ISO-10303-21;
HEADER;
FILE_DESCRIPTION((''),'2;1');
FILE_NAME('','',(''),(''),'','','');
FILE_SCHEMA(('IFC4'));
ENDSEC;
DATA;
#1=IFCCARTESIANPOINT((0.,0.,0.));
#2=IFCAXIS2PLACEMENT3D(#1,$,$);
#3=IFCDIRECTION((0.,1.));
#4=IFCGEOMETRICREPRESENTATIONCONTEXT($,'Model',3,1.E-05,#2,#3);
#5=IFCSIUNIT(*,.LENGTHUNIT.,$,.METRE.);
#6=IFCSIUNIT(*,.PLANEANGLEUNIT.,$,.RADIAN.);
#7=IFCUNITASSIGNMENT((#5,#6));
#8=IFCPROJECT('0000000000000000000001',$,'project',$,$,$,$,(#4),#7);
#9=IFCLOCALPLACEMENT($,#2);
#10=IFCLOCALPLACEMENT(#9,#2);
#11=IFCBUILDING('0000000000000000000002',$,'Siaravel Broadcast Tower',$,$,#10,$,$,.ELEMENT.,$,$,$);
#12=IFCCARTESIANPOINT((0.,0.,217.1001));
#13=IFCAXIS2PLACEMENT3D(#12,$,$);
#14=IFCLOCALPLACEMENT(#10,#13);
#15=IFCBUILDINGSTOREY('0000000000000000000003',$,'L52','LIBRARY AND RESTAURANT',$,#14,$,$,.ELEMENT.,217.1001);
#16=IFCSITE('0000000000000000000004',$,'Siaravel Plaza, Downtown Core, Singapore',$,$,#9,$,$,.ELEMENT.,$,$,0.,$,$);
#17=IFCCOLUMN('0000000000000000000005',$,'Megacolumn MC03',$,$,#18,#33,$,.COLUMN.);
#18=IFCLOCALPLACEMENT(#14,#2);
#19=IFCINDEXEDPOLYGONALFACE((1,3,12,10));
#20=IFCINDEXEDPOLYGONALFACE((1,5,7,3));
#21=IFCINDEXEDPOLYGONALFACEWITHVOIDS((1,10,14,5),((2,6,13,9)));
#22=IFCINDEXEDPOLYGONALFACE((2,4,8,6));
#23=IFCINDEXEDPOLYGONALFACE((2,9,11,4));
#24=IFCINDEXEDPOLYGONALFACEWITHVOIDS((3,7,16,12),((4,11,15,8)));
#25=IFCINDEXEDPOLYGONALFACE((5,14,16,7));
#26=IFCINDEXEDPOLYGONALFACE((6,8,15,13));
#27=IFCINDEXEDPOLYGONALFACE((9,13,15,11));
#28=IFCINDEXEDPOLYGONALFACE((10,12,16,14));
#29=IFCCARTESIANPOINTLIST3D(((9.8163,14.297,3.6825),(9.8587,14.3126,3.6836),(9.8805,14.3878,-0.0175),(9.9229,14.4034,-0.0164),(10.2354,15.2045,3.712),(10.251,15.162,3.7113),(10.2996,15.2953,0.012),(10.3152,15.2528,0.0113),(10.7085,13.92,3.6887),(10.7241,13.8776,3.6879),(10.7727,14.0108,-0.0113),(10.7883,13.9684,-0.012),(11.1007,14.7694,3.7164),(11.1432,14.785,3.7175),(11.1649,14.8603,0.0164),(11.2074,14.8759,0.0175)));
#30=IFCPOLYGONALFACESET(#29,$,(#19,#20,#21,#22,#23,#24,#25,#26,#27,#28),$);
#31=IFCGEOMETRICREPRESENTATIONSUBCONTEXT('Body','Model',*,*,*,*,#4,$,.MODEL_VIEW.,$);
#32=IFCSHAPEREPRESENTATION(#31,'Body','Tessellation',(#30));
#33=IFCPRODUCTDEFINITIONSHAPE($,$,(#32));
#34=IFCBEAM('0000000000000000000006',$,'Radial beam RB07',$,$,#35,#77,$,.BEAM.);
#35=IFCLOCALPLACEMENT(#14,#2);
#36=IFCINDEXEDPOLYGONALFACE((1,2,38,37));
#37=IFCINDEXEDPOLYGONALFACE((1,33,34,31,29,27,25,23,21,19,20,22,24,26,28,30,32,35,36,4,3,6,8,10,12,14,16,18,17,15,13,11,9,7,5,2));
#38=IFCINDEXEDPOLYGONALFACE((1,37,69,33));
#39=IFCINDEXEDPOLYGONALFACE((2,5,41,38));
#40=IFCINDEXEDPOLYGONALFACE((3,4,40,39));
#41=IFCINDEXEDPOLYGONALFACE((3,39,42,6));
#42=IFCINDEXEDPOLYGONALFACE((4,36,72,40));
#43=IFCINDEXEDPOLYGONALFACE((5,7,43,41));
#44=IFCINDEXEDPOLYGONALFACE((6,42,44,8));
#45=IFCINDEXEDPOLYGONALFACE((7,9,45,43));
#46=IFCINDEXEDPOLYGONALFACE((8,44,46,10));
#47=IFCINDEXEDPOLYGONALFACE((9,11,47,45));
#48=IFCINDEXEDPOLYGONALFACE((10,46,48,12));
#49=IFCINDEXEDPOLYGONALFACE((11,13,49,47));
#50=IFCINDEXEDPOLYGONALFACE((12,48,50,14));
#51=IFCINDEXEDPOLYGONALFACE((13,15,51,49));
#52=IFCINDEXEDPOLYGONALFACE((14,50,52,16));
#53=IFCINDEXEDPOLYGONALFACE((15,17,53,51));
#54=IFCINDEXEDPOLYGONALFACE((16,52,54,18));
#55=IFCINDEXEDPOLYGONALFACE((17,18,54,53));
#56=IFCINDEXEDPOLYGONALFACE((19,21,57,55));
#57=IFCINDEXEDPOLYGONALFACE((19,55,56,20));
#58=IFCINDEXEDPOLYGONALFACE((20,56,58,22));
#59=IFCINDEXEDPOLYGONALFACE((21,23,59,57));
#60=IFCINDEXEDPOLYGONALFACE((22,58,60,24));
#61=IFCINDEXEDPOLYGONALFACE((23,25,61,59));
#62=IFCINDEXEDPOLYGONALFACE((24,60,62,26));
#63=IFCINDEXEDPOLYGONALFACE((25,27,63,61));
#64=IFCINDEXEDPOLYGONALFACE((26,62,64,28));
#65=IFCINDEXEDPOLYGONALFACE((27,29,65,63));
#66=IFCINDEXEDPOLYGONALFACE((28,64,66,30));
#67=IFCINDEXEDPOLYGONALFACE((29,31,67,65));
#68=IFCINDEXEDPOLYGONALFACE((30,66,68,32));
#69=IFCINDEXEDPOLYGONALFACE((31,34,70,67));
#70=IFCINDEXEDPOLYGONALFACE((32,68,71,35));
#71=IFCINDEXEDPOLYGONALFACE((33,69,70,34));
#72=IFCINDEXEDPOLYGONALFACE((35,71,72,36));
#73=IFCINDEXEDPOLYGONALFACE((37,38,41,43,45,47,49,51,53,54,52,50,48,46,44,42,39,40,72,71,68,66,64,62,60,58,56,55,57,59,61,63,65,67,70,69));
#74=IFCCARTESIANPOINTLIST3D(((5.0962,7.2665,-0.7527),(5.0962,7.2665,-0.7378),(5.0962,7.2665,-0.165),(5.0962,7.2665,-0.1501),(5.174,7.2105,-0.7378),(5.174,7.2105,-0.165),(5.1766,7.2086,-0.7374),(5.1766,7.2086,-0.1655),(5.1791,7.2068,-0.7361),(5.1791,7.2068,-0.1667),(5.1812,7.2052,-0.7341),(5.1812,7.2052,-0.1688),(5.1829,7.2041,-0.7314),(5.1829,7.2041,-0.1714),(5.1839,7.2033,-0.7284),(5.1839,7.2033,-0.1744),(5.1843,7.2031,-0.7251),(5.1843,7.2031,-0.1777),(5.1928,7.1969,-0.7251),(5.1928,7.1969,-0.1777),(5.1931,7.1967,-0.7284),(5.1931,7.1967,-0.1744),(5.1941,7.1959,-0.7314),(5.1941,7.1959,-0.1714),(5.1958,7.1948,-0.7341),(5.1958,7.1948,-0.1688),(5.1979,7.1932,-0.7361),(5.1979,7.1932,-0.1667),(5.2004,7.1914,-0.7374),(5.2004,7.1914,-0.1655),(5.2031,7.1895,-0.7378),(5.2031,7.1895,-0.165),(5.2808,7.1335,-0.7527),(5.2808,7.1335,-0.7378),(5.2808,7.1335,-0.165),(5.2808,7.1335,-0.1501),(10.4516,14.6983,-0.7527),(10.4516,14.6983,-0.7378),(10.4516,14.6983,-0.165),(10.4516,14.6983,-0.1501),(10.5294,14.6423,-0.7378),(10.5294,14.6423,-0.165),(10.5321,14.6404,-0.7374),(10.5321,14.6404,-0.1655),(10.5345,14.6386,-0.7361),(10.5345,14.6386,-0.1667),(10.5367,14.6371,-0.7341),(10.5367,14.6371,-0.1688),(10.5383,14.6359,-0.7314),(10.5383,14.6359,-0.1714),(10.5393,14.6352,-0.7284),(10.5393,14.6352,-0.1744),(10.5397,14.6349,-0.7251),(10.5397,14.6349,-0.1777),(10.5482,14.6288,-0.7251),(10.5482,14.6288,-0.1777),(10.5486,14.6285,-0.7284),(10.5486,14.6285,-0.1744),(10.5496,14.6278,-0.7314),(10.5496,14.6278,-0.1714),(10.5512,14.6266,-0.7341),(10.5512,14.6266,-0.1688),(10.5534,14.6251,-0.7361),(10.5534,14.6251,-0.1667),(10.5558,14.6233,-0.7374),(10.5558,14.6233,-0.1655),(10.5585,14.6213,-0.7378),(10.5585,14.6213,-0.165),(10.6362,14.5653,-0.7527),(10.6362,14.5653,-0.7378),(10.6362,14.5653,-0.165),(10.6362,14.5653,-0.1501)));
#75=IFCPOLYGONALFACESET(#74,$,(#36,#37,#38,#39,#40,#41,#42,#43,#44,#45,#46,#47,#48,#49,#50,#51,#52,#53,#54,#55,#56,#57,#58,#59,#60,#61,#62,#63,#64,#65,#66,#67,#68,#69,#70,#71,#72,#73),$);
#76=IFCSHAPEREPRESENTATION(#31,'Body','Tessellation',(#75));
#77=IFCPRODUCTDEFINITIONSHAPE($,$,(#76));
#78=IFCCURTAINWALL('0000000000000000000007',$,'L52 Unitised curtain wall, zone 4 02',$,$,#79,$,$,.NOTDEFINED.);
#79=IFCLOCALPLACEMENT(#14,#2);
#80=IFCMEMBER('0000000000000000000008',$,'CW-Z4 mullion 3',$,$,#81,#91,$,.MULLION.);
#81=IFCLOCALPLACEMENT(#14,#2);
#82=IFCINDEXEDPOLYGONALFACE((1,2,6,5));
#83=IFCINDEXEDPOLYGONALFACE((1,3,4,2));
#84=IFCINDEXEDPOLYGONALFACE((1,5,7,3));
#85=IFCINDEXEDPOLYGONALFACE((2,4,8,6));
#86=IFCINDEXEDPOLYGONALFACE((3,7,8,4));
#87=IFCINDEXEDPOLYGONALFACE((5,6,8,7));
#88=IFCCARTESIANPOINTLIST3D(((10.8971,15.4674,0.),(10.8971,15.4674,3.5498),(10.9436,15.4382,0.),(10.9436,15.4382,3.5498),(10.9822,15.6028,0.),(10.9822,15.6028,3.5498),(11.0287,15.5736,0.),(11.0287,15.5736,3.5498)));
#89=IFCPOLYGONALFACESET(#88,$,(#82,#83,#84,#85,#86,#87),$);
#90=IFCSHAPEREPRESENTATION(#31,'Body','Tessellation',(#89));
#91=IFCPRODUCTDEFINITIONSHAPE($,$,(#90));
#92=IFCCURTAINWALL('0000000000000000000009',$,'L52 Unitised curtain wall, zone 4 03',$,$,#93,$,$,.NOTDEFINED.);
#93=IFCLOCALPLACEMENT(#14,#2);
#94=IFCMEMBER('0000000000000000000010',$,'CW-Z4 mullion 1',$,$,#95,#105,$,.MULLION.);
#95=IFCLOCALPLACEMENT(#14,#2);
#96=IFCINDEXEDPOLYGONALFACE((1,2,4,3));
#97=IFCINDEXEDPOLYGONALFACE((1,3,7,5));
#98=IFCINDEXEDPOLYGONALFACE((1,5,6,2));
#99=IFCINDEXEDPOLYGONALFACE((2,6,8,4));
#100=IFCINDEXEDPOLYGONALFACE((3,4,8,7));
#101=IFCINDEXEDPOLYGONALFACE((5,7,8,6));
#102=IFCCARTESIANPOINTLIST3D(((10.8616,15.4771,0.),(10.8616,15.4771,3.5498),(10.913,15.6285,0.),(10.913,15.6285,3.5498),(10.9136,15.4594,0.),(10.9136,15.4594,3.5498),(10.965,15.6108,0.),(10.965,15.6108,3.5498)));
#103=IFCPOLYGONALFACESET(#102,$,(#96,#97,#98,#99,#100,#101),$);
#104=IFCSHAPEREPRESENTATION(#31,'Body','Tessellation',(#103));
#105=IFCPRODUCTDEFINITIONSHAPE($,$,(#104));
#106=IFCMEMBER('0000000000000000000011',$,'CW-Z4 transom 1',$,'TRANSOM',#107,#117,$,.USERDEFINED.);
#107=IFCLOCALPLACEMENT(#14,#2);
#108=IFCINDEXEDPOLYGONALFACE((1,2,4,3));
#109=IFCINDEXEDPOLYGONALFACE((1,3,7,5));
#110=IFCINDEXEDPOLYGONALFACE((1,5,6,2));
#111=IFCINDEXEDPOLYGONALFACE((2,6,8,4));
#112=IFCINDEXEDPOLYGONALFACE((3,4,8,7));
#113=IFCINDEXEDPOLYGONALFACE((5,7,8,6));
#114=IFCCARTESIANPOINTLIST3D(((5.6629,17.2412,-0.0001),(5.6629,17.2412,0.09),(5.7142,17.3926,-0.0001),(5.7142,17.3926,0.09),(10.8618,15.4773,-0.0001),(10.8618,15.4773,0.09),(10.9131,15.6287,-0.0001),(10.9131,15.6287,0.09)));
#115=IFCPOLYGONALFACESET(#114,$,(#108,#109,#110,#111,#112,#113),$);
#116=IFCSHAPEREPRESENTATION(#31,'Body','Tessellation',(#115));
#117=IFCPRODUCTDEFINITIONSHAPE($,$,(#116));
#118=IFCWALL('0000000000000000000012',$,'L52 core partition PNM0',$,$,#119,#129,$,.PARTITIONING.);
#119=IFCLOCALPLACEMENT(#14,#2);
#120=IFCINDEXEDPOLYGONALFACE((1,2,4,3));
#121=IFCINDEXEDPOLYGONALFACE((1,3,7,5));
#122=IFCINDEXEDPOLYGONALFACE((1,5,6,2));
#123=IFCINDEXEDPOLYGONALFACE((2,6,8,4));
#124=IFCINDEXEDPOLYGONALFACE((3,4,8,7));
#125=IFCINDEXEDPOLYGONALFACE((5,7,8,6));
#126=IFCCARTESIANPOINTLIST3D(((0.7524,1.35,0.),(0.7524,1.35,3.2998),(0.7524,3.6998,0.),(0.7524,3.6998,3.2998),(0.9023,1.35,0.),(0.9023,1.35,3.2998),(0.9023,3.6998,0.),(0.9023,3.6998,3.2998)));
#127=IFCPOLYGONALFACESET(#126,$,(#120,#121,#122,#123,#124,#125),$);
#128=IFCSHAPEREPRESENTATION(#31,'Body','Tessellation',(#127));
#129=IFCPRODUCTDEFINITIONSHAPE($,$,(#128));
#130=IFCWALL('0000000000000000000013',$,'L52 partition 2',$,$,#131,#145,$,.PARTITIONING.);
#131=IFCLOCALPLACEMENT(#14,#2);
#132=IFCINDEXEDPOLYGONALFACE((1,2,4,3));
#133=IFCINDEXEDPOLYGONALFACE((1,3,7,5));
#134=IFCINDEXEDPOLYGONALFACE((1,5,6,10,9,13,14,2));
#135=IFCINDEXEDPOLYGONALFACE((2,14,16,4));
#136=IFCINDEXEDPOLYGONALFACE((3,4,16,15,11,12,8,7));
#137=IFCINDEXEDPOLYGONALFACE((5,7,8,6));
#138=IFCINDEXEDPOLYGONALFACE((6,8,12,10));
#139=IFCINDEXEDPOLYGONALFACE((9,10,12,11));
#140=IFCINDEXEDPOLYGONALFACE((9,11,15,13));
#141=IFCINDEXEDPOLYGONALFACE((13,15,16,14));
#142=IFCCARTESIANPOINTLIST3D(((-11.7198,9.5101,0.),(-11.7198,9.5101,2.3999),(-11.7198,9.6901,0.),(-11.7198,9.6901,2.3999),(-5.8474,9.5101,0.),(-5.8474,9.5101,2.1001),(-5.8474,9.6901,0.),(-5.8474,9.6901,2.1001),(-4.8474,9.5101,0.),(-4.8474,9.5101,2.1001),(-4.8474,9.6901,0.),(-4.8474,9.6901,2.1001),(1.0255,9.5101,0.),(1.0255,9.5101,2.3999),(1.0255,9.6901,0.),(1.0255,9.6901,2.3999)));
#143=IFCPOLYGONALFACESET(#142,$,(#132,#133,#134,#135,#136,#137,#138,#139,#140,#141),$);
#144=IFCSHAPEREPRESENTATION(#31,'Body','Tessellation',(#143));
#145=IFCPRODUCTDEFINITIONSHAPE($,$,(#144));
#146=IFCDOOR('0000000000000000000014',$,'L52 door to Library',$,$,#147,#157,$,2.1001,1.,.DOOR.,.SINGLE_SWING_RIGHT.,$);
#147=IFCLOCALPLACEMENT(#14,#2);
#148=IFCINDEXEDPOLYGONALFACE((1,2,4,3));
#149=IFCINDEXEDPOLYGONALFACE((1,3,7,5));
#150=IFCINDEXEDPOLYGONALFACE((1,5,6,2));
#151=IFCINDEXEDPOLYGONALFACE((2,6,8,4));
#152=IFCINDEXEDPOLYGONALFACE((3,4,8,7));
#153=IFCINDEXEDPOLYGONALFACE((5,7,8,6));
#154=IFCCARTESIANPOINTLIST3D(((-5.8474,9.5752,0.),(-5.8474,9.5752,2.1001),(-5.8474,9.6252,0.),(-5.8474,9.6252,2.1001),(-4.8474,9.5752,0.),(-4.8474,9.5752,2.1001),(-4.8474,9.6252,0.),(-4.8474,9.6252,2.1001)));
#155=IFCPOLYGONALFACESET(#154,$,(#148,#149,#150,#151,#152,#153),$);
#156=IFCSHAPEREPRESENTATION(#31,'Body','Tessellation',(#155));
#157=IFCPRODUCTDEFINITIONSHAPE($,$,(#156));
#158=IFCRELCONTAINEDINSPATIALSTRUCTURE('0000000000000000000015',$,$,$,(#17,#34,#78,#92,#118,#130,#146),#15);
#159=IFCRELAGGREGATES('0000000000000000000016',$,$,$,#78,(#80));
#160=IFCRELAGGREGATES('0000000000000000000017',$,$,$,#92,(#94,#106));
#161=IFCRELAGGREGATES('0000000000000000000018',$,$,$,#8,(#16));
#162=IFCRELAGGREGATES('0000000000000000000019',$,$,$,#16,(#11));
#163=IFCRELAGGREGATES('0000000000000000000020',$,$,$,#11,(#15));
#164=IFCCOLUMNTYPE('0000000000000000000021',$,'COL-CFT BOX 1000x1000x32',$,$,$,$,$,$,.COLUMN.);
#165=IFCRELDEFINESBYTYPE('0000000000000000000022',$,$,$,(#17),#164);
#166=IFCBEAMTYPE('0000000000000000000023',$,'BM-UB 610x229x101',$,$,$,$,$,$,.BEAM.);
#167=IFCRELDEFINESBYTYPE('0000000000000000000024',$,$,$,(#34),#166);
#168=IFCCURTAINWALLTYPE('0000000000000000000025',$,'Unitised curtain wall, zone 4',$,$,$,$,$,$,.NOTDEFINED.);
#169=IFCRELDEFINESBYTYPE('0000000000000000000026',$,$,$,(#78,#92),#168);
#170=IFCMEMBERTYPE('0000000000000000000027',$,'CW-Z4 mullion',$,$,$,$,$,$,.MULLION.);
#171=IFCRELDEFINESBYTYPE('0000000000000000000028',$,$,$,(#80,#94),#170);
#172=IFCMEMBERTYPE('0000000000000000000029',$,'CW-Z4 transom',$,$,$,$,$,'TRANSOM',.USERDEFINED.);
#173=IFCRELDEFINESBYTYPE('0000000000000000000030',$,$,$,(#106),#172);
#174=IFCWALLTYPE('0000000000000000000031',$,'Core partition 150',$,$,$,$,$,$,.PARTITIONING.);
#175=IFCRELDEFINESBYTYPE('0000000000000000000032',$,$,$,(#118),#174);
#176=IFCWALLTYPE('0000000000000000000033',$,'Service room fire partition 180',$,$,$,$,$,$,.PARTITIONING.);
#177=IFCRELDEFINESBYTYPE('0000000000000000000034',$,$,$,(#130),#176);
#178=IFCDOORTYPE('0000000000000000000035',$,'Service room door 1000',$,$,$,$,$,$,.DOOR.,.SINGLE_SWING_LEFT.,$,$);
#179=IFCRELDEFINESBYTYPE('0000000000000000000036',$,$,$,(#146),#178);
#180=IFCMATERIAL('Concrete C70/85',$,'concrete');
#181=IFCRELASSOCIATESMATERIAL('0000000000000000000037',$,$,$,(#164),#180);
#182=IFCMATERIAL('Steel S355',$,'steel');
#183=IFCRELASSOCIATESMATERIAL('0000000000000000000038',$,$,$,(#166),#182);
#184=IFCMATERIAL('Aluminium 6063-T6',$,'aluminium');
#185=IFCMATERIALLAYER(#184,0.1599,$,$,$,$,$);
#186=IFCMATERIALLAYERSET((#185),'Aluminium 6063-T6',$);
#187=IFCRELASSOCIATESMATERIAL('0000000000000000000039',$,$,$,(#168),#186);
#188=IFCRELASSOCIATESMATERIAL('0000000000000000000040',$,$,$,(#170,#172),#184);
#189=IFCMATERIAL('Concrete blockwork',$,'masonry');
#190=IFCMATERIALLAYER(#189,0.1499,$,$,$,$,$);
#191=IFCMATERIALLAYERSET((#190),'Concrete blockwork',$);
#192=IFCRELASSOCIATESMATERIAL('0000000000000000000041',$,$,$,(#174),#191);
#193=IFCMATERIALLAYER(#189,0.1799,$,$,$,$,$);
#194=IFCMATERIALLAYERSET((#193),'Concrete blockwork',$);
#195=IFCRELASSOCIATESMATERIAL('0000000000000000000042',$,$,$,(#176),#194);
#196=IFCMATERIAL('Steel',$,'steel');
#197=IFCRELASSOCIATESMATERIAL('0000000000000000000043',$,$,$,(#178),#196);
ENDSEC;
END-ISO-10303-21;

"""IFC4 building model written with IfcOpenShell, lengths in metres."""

from ifc_helpers import new_model, si_unit, direction, frame, frame_2d, origin, origin_2d, place, context, subcontext, project, spatial, rectangle, hollow_rectangle, i_section, extrude, material, layer, layer_set, material_profile, profile_set, type_object, element, fill, aggregate, save


model = new_model("IFC4")

# Units and contexts
model_context = context("Model", 3, precision=1e-05, world=origin(), true_north=direction((0.0, 1.0)))
body_context = subcontext(model_context, "Body", "Model", "MODEL_VIEW")
ifc_project = project(units=[si_unit("LENGTHUNIT", "METRE"), si_unit("PLANEANGLEUNIT", "RADIAN")], contexts=[model_context])

# Site, building, storey
site_placement = place(None, origin())
site = spatial("IfcSite", under=ifc_project, at=site_placement, Name="Siaravel Plaza, Downtown Core, Singapore", CompositionType="ELEMENT", RefElevation=0.0)
building_placement = place(site_placement, origin())
building = spatial("IfcBuilding", under=site, at=building_placement, Name="Siaravel Broadcast Tower", CompositionType="ELEMENT")
storey_placement = place(building_placement, frame((0.0, 0.0, 217.1001)))
storey = spatial("IfcBuildingStorey", under=building, at=storey_placement, Name="L52", Description="LIBRARY AND RESTAURANT", CompositionType="ELEMENT", Elevation=217.1001)

# Column
ifc_material_1 = material(Name="Concrete C70/85", Category="concrete")
ifc_material_profile_1 = material_profile(ifc_material_1, hollow_rectangle(XDim=1.0, YDim=1.0, WallThickness=0.032, at=origin_2d()))
ifc_profile_set_1 = profile_set([ifc_material_profile_1], Name="Concrete C70/85")
column_type = type_object("IfcColumnType", Name="COL-CFT BOX 1000x1000x32", PredefinedType="COLUMN", material=ifc_profile_set_1)
column_placement = place(storey_placement, frame((10.5439, 14.6318, 0.0), z_axis=(-0.017346, -0.024535, 0.999548), x_axis=(0.907782, -0.419407, 0.005459)))
element("IfcColumn", 1, at=column_placement, inside=storey, type_object=column_type, Name="Megacolumn MC03", PredefinedType="COLUMN", context=body_context, shape_type="SweptSolid", body=[
    extrude(hollow_rectangle(XDim=1.0, YDim=1.0, WallThickness=0.032, at=origin_2d()), origin(), (0.0, 0.0, 1.0), 3.7017),
])

# Beam
ifc_material_2 = material(Name="Steel S355", Category="steel")
ifc_material_profile_2 = material_profile(ifc_material_2, i_section(OverallWidth=0.2275, OverallDepth=0.6025, WebThickness=0.0105, FlangeThickness=0.0149, FilletRadius=0.0127, at=origin_2d()))
ifc_profile_set_2 = profile_set([ifc_material_profile_2], Name="Steel S355")
beam_type = type_object("IfcBeamType", Name="BM-UB 610x229x101", PredefinedType="BEAM", material=ifc_profile_set_2)
beam_placement = place(storey_placement, frame((10.5439, 14.6318, -0.4514), z_axis=(-0.584629, -0.811301, 0.0), x_axis=(0.811301, -0.584629, 0.0)))
element("IfcBeam", 2, at=beam_placement, inside=storey, type_object=beam_type, Name="Radial beam RB07", PredefinedType="BEAM", context=body_context, shape_type="SweptSolid", body=[
    extrude(i_section(OverallWidth=0.2275, OverallDepth=0.6025, WebThickness=0.0105, FlangeThickness=0.0149, FilletRadius=0.0127, at=origin_2d()), origin(), (0.0, 0.0, 1.0), 9.1604),
])

# Curtain wall, member
ifc_material_3 = material(Name="Aluminium 6063-T6", Category="aluminium")
ifc_layer_1 = layer(ifc_material_3, 0.1599)
ifc_layer_set_1 = layer_set([ifc_layer_1], Name="Aluminium 6063-T6")
curtain_wall_type = type_object("IfcCurtainWallType", Name="Unitised curtain wall, zone 4", PredefinedType="NOTDEFINED", material=ifc_layer_set_1)
curtain_wall_1_placement = place(storey_placement, origin())
curtain_wall_1 = element("IfcCurtainWall", 3, at=curtain_wall_1_placement, inside=storey, type_object=curtain_wall_type, Name="L52 Unitised curtain wall, zone 4 02", PredefinedType="NOTDEFINED")
ifc_material_profile_3 = material_profile(ifc_material_3, rectangle(XDim=0.1599, YDim=0.0549, at=origin_2d()))
ifc_profile_set_3 = profile_set([ifc_material_profile_3], Name="Aluminium 6063-T6")
member_type_1 = type_object("IfcMemberType", Name="CW-Z4 mullion", PredefinedType="MULLION", material=ifc_profile_set_3)
member_1_placement = place(storey_placement, frame((10.9629, 15.5205, 0.0), z_axis=(0.0, 0.0, 1.0), x_axis=(-0.53215, -0.84665, 0.0)))
member_1 = element("IfcMember", 4, at=member_1_placement, type_object=member_type_1, Name="CW-Z4 mullion 3", PredefinedType="MULLION", context=body_context, shape_type="SweptSolid", body=[
    extrude(rectangle(XDim=0.1599, YDim=0.0549, at=origin_2d()), origin(), (0.0, 0.0, 1.0), 3.5498),
])
aggregate(curtain_wall_1, [member_1])

# Curtain wall, members
curtain_wall_2_placement = place(storey_placement, origin())
curtain_wall_2 = element("IfcCurtainWall", 5, at=curtain_wall_2_placement, inside=storey, type_object=curtain_wall_type, Name="L52 Unitised curtain wall, zone 4 03", PredefinedType="NOTDEFINED")
member_2_placement = place(storey_placement, frame((10.9133, 15.5439, 0.0), z_axis=(0.0, 0.0, 1.0), x_axis=(-0.321301, -0.946977, 0.0)))
member_2 = element("IfcMember", 6, at=member_2_placement, type_object=member_type_1, Name="CW-Z4 mullion 1", PredefinedType="MULLION", context=body_context, shape_type="SweptSolid", body=[
    extrude(rectangle(XDim=0.1599, YDim=0.0549, at=origin_2d()), origin(), (0.0, 0.0, 1.0), 3.5498),
])
ifc_material_profile_4 = material_profile(ifc_material_3, rectangle(XDim=0.1599, YDim=0.0901, at=origin_2d()))
ifc_profile_set_4 = profile_set([ifc_material_profile_4], Name="Aluminium 6063-T6")
member_type_2 = type_object("IfcMemberType", Name="CW-Z4 transom", ElementType="TRANSOM", PredefinedType="USERDEFINED", material=ifc_profile_set_4)
member_3_placement = place(storey_placement, frame((10.8875, 15.553, 0.0449), z_axis=(-0.94698, 0.321293, 0.0), x_axis=(-0.321293, -0.94698, 0.0)))
member_3 = element("IfcMember", 7, at=member_3_placement, type_object=member_type_2, Name="CW-Z4 transom 1", ObjectType="TRANSOM", PredefinedType="USERDEFINED", context=body_context, shape_type="SweptSolid", body=[
    extrude(rectangle(XDim=0.1599, YDim=0.0901, at=origin_2d()), origin(), (0.0, 0.0, 1.0), 5.49),
])
aggregate(curtain_wall_2, [member_2, member_3])

# Wall
ifc_material_4 = material(Name="Concrete blockwork", Category="masonry")
ifc_layer_2 = layer(ifc_material_4, 0.1499)
ifc_layer_set_2 = layer_set([ifc_layer_2], Name="Concrete blockwork")
wall_type_1 = type_object("IfcWallType", Name="Core partition 150", PredefinedType="PARTITIONING", material=ifc_layer_set_2)
wall_1_placement = place(storey_placement, frame((0.8274, 1.3501, 0.0), z_axis=(0.0, 0.0, 1.0), x_axis=(0.0, 1.0, 0.0)))
element("IfcWall", 8, at=wall_1_placement, inside=storey, type_object=wall_type_1, Name="L52 core partition PNM0", PredefinedType="PARTITIONING", context=body_context, shape_type="SweptSolid", body=[
    extrude(rectangle(XDim=2.3499, YDim=0.1499, at=frame_2d((1.1748, 0.0))), origin(), (0.0, 0.0, 1.0), 3.2998),
])

# Wall, opening, door
ifc_layer_3 = layer(ifc_material_4, 0.1799)
ifc_layer_set_3 = layer_set([ifc_layer_3], Name="Concrete blockwork")
wall_type_2 = type_object("IfcWallType", Name="Service room fire partition 180", PredefinedType="PARTITIONING", material=ifc_layer_set_3)
wall_2_placement = place(storey_placement, frame((1.0254, 9.6001, 0.0), z_axis=(0.0, 0.0, 1.0), x_axis=(-1.0, 0.0, 0.0)))
wall_2 = element("IfcWall", 9, at=wall_2_placement, inside=storey, type_object=wall_type_2, Name="L52 partition 2", PredefinedType="PARTITIONING", context=body_context, shape_type="SweptSolid", body=[
    extrude(rectangle(XDim=12.7454, YDim=0.1799, at=frame_2d((6.3726, 0.0))), origin(), (0.0, 0.0, 1.0), 2.3999),
])
opening_1_placement = place(wall_2_placement, frame((5.8728, 0.0, 0.0)))
opening_1 = element("IfcOpeningElement", 10, at=opening_1_placement, cuts=wall_2, PredefinedType="OPENING", context=body_context, shape_type="SweptSolid", body=[
    extrude(rectangle(XDim=1.0, YDim=2.1001, at=frame_2d((0.5, 1.05))), frame((0.0, 0.0999, 0.0), z_axis=(0.0, -1.0, 0.0), x_axis=(1.0, 0.0, 0.0)), (0.0, 0.0, 1.0), 0.2),
])
ifc_material_5 = material(Name="Steel", Category="steel")
door_type_1 = type_object("IfcDoorType", Name="Service room door 1000", OperationType="SINGLE_SWING_LEFT", PredefinedType="DOOR", material=ifc_material_5)
door_1_placement = place(opening_1_placement, origin())
door_1 = element("IfcDoor", 11, at=door_1_placement, inside=storey, type_object=door_type_1, Name="L52 door to Library", OperationType="SINGLE_SWING_RIGHT", OverallHeight=2.1001, OverallWidth=1.0, PredefinedType="DOOR", context=body_context, shape_type="SweptSolid", body=[
    extrude(rectangle(XDim=1.0, YDim=2.1001, at=frame_2d((0.5, 1.05))), frame((0.0, 0.0249, 0.0), z_axis=(0.0, -1.0, 0.0), x_axis=(1.0, 0.0, 0.0)), (0.0, 0.0, 1.0), 0.05),
])
fill(opening_1, door_1)

save(model, "model.ifc")
